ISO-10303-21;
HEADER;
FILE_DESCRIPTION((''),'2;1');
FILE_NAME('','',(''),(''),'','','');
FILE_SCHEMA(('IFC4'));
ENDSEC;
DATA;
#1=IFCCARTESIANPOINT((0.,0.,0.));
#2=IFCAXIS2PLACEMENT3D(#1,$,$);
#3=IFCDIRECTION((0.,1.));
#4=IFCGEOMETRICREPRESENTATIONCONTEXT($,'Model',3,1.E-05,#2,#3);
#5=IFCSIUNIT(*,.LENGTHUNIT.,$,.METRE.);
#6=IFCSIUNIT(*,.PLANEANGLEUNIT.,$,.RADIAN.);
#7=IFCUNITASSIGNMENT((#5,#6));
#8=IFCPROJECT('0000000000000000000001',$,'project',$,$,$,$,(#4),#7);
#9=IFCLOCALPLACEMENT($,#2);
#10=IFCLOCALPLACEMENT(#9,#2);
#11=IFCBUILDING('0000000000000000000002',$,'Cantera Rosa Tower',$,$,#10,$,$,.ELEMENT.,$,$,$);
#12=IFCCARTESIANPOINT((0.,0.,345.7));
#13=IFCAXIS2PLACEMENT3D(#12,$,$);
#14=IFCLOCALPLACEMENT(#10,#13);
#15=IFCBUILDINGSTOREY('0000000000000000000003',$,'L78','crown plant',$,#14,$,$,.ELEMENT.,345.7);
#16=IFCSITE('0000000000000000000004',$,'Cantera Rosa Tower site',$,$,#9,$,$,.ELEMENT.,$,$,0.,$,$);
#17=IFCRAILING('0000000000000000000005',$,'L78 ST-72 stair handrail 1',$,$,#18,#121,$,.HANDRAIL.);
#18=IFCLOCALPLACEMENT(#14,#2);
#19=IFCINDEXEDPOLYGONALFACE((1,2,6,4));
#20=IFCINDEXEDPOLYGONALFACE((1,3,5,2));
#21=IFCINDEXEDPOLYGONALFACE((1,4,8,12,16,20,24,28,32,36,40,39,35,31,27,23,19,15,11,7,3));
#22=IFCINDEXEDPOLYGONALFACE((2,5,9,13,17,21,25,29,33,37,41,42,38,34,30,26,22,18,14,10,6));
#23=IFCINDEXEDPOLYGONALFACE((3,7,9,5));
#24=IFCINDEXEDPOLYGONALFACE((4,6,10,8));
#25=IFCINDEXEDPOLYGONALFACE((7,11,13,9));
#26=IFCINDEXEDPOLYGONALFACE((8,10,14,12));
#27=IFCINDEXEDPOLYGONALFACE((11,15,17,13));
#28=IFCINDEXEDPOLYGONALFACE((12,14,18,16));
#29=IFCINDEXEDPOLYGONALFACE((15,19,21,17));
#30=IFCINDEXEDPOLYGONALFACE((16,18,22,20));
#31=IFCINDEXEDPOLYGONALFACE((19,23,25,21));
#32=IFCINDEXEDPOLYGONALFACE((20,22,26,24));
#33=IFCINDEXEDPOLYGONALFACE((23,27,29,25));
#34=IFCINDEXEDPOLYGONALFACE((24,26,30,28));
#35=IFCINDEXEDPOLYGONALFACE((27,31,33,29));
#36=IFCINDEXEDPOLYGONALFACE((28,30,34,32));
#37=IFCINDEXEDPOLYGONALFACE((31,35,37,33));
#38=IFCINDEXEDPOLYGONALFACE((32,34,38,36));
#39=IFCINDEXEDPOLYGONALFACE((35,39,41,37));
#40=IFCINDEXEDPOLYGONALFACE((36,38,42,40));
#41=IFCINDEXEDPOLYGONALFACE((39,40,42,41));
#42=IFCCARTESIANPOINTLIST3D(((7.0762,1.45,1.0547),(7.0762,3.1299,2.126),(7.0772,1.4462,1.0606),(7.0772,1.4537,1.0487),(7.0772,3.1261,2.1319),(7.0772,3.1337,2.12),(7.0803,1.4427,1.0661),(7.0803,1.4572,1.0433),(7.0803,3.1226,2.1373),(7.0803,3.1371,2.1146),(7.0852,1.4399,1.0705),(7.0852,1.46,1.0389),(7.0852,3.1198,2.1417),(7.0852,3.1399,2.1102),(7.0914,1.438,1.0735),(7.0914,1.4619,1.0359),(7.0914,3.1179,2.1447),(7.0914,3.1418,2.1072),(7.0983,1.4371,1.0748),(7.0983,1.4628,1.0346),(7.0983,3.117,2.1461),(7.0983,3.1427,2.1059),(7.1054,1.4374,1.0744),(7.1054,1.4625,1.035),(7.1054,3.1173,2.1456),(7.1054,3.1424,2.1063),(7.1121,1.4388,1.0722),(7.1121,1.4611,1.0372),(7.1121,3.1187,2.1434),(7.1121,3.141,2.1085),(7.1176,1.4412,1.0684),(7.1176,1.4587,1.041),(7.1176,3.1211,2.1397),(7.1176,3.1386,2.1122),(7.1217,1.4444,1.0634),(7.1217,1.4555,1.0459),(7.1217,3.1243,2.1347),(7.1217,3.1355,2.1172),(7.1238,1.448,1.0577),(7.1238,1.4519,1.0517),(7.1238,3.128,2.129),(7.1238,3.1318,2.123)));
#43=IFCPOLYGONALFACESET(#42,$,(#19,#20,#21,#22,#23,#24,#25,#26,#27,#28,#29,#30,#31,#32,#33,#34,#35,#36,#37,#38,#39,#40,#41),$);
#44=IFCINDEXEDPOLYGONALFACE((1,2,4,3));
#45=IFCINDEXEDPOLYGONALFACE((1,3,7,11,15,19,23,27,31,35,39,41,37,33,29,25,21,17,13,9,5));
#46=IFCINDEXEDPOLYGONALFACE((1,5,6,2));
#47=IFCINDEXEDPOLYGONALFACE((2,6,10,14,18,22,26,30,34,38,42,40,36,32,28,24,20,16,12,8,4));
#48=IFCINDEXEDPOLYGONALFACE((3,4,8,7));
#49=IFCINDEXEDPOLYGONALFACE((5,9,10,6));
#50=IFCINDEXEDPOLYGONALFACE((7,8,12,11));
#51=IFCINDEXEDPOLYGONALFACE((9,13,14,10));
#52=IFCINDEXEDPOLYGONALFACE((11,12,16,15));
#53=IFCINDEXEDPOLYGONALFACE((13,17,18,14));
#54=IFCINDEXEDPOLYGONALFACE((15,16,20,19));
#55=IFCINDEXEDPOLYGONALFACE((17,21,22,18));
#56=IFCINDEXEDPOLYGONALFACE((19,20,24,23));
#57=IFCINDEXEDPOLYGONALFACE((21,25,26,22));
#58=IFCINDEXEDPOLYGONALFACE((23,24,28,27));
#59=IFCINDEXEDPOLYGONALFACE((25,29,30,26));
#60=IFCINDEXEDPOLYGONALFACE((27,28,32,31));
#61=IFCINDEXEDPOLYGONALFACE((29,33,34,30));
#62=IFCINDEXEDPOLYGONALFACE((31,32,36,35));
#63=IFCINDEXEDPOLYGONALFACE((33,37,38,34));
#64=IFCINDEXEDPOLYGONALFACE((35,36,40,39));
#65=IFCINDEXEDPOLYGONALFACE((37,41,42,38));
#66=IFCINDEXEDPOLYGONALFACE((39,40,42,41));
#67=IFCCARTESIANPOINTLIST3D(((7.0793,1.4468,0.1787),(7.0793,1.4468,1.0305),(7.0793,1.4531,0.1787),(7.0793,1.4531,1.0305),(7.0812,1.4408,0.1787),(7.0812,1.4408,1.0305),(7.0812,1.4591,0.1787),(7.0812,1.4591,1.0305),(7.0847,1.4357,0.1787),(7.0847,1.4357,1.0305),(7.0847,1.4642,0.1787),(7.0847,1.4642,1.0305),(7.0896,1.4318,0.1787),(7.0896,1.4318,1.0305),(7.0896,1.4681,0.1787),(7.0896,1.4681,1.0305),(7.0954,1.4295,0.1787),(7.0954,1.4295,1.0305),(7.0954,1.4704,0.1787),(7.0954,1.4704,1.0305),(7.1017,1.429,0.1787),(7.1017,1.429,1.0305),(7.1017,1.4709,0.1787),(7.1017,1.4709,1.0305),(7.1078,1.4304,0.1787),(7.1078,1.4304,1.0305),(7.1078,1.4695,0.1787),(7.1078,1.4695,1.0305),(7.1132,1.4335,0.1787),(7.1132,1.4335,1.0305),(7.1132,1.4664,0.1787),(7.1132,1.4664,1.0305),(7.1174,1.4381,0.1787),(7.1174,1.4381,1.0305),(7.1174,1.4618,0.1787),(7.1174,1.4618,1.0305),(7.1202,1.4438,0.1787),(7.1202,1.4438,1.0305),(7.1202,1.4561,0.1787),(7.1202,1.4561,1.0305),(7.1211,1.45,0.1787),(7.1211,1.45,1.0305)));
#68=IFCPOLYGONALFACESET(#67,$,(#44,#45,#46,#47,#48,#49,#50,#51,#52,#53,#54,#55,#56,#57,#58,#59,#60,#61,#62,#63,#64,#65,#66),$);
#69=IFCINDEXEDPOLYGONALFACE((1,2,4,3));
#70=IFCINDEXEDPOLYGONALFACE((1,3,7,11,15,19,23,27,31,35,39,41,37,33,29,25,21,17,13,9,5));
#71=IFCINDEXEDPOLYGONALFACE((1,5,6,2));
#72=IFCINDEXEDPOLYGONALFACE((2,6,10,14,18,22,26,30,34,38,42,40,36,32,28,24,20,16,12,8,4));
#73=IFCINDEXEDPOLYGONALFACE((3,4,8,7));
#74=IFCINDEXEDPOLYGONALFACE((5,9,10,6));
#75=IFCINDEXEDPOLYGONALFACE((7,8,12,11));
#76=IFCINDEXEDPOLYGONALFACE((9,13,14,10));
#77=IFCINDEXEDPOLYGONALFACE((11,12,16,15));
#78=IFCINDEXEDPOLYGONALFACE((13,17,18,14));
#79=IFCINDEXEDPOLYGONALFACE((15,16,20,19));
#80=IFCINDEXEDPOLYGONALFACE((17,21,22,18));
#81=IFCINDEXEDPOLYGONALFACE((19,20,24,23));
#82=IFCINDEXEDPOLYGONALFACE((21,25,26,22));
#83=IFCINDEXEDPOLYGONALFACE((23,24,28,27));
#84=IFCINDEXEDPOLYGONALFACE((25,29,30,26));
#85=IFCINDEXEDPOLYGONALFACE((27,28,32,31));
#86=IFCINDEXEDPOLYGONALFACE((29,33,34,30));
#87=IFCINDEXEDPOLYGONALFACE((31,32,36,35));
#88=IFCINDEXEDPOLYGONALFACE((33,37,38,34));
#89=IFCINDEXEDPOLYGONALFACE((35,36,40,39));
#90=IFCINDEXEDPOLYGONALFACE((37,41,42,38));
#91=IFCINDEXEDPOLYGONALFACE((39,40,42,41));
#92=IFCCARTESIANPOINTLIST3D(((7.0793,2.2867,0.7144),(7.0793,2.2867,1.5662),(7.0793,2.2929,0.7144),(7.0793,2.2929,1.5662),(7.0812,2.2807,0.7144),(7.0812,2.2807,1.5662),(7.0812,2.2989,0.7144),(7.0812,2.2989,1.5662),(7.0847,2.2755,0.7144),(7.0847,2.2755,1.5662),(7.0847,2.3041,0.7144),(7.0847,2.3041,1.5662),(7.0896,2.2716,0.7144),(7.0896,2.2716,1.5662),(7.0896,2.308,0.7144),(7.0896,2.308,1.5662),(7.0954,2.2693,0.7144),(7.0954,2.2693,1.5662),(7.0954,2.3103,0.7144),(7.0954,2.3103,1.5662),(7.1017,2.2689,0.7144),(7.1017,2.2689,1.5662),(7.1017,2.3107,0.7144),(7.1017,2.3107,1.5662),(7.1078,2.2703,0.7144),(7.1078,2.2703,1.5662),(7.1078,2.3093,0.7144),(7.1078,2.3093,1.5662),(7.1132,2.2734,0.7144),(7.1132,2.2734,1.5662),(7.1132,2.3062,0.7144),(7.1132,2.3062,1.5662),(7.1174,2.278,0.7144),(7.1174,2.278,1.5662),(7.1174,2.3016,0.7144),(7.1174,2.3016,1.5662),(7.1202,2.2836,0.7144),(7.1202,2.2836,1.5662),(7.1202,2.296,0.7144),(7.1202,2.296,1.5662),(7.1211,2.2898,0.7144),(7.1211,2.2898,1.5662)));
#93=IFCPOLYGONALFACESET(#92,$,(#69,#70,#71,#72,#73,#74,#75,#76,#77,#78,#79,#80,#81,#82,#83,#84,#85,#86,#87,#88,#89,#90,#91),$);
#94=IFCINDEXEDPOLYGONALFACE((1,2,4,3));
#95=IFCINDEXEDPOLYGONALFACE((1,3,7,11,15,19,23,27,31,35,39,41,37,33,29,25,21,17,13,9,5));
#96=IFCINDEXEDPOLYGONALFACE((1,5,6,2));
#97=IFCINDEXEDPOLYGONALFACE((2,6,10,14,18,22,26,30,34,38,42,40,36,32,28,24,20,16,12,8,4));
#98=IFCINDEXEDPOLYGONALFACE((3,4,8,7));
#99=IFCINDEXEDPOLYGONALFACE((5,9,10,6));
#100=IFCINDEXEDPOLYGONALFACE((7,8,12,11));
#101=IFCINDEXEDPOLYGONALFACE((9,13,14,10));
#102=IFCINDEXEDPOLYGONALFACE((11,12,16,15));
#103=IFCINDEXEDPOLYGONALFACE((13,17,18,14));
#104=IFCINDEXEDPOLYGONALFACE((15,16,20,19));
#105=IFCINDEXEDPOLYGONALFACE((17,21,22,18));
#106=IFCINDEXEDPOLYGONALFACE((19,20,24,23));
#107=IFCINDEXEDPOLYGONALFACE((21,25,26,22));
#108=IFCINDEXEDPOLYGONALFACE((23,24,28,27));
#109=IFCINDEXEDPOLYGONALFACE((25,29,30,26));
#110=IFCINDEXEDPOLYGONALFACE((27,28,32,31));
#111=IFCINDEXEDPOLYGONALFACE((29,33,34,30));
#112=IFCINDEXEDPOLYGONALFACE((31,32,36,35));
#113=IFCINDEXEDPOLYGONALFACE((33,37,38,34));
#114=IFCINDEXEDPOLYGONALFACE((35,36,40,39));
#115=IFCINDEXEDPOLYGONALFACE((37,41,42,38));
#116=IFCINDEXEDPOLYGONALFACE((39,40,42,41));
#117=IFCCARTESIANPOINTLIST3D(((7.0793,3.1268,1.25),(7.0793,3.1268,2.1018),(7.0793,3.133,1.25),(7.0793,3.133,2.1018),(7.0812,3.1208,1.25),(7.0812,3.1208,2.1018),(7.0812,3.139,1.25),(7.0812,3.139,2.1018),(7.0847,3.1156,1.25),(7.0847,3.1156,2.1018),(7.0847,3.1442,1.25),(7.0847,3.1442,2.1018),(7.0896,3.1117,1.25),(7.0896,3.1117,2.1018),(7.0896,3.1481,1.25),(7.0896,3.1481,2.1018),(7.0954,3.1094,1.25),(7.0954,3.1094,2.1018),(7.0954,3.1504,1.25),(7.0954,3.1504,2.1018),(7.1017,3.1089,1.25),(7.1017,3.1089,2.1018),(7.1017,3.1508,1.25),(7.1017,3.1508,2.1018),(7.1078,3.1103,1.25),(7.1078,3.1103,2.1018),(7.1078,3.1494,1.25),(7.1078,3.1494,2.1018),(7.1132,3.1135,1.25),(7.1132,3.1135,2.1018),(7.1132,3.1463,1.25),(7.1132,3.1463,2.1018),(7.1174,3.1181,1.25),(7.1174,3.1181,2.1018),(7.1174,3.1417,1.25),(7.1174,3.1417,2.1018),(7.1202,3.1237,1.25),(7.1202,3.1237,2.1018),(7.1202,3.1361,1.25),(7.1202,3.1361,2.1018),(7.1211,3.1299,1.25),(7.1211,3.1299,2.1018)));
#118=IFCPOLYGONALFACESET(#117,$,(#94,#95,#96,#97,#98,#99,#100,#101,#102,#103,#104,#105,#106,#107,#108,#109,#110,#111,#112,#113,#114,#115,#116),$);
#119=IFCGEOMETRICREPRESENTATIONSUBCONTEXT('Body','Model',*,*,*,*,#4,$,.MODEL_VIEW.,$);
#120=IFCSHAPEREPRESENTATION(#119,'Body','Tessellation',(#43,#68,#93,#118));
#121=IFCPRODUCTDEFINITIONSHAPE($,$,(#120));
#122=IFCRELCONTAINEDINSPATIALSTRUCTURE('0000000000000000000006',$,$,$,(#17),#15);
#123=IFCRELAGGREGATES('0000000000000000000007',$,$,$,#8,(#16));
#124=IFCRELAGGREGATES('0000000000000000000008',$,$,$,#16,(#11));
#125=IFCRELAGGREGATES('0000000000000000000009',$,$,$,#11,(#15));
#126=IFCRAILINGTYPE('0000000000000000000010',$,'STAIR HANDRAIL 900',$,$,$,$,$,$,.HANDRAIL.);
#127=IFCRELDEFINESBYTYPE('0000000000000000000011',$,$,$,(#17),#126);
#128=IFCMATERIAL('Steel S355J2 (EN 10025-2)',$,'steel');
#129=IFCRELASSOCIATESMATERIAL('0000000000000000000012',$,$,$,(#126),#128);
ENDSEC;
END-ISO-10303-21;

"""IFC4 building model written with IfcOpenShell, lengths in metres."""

from ifc_helpers import new_model, si_unit, direction, frame, origin, origin_2d, place, context, subcontext, project, spatial, circle, extrude, material, type_object, element, save


model = new_model("IFC4")

# Units and contexts
model_context = context("Model", 3, precision=1e-05, world=origin(), true_north=direction((0.0, 1.0)))
body_context = subcontext(model_context, "Body", "Model", "MODEL_VIEW")
ifc_project = project(units=[si_unit("LENGTHUNIT", "METRE"), si_unit("PLANEANGLEUNIT", "RADIAN")], contexts=[model_context])

# Site, building, storey
site_placement = place(None, origin())
site = spatial("IfcSite", under=ifc_project, at=site_placement, Name="Cantera Rosa Tower site", CompositionType="ELEMENT", RefElevation=0.0)
building_placement = place(site_placement, origin())
building = spatial("IfcBuilding", under=site, at=building_placement, Name="Cantera Rosa Tower", CompositionType="ELEMENT")
storey_placement = place(building_placement, frame((0.0, 0.0, 345.7)))
storey = spatial("IfcBuildingStorey", under=building, at=storey_placement, Name="L78", Description="crown plant", CompositionType="ELEMENT", Elevation=345.7)

# Railing
ifc_material_1 = material(Name="Steel S355J2 (EN 10025-2)", Category="steel")
railing_type_1 = type_object("IfcRailingType", Name="STAIR HANDRAIL 900", PredefinedType="HANDRAIL", material=ifc_material_1)
railing_1_placement = place(storey_placement, frame((7.1001, 1.45, 0.1787)))
element("IfcRailing", 1, at=railing_1_placement, inside=storey, type_object=railing_type_1, Name="L78 ST-72 stair handrail 1", PredefinedType="HANDRAIL", context=body_context, shape_type="SweptSolid", body=[
    extrude(circle(Radius=0.0239, at=origin_2d()), frame((0.0, 0.0, 0.876), z_axis=(0.0, 0.843152, 0.537676), x_axis=(-1.0, 0.0, 0.0)), (0.0, 0.0, 1.0), 1.9924),
    extrude(circle(Radius=0.021, at=origin_2d()), origin(), (0.0, 0.0, 1.0), 0.8518),
    extrude(circle(Radius=0.021, at=origin_2d()), frame((0.0, 0.8398, 0.5356)), (0.0, 0.0, 1.0), 0.8518),
    extrude(circle(Radius=0.021, at=origin_2d()), frame((0.0, 1.6799, 1.0713)), (0.0, 0.0, 1.0), 0.8518),
])

save(model, "model.ifc")
